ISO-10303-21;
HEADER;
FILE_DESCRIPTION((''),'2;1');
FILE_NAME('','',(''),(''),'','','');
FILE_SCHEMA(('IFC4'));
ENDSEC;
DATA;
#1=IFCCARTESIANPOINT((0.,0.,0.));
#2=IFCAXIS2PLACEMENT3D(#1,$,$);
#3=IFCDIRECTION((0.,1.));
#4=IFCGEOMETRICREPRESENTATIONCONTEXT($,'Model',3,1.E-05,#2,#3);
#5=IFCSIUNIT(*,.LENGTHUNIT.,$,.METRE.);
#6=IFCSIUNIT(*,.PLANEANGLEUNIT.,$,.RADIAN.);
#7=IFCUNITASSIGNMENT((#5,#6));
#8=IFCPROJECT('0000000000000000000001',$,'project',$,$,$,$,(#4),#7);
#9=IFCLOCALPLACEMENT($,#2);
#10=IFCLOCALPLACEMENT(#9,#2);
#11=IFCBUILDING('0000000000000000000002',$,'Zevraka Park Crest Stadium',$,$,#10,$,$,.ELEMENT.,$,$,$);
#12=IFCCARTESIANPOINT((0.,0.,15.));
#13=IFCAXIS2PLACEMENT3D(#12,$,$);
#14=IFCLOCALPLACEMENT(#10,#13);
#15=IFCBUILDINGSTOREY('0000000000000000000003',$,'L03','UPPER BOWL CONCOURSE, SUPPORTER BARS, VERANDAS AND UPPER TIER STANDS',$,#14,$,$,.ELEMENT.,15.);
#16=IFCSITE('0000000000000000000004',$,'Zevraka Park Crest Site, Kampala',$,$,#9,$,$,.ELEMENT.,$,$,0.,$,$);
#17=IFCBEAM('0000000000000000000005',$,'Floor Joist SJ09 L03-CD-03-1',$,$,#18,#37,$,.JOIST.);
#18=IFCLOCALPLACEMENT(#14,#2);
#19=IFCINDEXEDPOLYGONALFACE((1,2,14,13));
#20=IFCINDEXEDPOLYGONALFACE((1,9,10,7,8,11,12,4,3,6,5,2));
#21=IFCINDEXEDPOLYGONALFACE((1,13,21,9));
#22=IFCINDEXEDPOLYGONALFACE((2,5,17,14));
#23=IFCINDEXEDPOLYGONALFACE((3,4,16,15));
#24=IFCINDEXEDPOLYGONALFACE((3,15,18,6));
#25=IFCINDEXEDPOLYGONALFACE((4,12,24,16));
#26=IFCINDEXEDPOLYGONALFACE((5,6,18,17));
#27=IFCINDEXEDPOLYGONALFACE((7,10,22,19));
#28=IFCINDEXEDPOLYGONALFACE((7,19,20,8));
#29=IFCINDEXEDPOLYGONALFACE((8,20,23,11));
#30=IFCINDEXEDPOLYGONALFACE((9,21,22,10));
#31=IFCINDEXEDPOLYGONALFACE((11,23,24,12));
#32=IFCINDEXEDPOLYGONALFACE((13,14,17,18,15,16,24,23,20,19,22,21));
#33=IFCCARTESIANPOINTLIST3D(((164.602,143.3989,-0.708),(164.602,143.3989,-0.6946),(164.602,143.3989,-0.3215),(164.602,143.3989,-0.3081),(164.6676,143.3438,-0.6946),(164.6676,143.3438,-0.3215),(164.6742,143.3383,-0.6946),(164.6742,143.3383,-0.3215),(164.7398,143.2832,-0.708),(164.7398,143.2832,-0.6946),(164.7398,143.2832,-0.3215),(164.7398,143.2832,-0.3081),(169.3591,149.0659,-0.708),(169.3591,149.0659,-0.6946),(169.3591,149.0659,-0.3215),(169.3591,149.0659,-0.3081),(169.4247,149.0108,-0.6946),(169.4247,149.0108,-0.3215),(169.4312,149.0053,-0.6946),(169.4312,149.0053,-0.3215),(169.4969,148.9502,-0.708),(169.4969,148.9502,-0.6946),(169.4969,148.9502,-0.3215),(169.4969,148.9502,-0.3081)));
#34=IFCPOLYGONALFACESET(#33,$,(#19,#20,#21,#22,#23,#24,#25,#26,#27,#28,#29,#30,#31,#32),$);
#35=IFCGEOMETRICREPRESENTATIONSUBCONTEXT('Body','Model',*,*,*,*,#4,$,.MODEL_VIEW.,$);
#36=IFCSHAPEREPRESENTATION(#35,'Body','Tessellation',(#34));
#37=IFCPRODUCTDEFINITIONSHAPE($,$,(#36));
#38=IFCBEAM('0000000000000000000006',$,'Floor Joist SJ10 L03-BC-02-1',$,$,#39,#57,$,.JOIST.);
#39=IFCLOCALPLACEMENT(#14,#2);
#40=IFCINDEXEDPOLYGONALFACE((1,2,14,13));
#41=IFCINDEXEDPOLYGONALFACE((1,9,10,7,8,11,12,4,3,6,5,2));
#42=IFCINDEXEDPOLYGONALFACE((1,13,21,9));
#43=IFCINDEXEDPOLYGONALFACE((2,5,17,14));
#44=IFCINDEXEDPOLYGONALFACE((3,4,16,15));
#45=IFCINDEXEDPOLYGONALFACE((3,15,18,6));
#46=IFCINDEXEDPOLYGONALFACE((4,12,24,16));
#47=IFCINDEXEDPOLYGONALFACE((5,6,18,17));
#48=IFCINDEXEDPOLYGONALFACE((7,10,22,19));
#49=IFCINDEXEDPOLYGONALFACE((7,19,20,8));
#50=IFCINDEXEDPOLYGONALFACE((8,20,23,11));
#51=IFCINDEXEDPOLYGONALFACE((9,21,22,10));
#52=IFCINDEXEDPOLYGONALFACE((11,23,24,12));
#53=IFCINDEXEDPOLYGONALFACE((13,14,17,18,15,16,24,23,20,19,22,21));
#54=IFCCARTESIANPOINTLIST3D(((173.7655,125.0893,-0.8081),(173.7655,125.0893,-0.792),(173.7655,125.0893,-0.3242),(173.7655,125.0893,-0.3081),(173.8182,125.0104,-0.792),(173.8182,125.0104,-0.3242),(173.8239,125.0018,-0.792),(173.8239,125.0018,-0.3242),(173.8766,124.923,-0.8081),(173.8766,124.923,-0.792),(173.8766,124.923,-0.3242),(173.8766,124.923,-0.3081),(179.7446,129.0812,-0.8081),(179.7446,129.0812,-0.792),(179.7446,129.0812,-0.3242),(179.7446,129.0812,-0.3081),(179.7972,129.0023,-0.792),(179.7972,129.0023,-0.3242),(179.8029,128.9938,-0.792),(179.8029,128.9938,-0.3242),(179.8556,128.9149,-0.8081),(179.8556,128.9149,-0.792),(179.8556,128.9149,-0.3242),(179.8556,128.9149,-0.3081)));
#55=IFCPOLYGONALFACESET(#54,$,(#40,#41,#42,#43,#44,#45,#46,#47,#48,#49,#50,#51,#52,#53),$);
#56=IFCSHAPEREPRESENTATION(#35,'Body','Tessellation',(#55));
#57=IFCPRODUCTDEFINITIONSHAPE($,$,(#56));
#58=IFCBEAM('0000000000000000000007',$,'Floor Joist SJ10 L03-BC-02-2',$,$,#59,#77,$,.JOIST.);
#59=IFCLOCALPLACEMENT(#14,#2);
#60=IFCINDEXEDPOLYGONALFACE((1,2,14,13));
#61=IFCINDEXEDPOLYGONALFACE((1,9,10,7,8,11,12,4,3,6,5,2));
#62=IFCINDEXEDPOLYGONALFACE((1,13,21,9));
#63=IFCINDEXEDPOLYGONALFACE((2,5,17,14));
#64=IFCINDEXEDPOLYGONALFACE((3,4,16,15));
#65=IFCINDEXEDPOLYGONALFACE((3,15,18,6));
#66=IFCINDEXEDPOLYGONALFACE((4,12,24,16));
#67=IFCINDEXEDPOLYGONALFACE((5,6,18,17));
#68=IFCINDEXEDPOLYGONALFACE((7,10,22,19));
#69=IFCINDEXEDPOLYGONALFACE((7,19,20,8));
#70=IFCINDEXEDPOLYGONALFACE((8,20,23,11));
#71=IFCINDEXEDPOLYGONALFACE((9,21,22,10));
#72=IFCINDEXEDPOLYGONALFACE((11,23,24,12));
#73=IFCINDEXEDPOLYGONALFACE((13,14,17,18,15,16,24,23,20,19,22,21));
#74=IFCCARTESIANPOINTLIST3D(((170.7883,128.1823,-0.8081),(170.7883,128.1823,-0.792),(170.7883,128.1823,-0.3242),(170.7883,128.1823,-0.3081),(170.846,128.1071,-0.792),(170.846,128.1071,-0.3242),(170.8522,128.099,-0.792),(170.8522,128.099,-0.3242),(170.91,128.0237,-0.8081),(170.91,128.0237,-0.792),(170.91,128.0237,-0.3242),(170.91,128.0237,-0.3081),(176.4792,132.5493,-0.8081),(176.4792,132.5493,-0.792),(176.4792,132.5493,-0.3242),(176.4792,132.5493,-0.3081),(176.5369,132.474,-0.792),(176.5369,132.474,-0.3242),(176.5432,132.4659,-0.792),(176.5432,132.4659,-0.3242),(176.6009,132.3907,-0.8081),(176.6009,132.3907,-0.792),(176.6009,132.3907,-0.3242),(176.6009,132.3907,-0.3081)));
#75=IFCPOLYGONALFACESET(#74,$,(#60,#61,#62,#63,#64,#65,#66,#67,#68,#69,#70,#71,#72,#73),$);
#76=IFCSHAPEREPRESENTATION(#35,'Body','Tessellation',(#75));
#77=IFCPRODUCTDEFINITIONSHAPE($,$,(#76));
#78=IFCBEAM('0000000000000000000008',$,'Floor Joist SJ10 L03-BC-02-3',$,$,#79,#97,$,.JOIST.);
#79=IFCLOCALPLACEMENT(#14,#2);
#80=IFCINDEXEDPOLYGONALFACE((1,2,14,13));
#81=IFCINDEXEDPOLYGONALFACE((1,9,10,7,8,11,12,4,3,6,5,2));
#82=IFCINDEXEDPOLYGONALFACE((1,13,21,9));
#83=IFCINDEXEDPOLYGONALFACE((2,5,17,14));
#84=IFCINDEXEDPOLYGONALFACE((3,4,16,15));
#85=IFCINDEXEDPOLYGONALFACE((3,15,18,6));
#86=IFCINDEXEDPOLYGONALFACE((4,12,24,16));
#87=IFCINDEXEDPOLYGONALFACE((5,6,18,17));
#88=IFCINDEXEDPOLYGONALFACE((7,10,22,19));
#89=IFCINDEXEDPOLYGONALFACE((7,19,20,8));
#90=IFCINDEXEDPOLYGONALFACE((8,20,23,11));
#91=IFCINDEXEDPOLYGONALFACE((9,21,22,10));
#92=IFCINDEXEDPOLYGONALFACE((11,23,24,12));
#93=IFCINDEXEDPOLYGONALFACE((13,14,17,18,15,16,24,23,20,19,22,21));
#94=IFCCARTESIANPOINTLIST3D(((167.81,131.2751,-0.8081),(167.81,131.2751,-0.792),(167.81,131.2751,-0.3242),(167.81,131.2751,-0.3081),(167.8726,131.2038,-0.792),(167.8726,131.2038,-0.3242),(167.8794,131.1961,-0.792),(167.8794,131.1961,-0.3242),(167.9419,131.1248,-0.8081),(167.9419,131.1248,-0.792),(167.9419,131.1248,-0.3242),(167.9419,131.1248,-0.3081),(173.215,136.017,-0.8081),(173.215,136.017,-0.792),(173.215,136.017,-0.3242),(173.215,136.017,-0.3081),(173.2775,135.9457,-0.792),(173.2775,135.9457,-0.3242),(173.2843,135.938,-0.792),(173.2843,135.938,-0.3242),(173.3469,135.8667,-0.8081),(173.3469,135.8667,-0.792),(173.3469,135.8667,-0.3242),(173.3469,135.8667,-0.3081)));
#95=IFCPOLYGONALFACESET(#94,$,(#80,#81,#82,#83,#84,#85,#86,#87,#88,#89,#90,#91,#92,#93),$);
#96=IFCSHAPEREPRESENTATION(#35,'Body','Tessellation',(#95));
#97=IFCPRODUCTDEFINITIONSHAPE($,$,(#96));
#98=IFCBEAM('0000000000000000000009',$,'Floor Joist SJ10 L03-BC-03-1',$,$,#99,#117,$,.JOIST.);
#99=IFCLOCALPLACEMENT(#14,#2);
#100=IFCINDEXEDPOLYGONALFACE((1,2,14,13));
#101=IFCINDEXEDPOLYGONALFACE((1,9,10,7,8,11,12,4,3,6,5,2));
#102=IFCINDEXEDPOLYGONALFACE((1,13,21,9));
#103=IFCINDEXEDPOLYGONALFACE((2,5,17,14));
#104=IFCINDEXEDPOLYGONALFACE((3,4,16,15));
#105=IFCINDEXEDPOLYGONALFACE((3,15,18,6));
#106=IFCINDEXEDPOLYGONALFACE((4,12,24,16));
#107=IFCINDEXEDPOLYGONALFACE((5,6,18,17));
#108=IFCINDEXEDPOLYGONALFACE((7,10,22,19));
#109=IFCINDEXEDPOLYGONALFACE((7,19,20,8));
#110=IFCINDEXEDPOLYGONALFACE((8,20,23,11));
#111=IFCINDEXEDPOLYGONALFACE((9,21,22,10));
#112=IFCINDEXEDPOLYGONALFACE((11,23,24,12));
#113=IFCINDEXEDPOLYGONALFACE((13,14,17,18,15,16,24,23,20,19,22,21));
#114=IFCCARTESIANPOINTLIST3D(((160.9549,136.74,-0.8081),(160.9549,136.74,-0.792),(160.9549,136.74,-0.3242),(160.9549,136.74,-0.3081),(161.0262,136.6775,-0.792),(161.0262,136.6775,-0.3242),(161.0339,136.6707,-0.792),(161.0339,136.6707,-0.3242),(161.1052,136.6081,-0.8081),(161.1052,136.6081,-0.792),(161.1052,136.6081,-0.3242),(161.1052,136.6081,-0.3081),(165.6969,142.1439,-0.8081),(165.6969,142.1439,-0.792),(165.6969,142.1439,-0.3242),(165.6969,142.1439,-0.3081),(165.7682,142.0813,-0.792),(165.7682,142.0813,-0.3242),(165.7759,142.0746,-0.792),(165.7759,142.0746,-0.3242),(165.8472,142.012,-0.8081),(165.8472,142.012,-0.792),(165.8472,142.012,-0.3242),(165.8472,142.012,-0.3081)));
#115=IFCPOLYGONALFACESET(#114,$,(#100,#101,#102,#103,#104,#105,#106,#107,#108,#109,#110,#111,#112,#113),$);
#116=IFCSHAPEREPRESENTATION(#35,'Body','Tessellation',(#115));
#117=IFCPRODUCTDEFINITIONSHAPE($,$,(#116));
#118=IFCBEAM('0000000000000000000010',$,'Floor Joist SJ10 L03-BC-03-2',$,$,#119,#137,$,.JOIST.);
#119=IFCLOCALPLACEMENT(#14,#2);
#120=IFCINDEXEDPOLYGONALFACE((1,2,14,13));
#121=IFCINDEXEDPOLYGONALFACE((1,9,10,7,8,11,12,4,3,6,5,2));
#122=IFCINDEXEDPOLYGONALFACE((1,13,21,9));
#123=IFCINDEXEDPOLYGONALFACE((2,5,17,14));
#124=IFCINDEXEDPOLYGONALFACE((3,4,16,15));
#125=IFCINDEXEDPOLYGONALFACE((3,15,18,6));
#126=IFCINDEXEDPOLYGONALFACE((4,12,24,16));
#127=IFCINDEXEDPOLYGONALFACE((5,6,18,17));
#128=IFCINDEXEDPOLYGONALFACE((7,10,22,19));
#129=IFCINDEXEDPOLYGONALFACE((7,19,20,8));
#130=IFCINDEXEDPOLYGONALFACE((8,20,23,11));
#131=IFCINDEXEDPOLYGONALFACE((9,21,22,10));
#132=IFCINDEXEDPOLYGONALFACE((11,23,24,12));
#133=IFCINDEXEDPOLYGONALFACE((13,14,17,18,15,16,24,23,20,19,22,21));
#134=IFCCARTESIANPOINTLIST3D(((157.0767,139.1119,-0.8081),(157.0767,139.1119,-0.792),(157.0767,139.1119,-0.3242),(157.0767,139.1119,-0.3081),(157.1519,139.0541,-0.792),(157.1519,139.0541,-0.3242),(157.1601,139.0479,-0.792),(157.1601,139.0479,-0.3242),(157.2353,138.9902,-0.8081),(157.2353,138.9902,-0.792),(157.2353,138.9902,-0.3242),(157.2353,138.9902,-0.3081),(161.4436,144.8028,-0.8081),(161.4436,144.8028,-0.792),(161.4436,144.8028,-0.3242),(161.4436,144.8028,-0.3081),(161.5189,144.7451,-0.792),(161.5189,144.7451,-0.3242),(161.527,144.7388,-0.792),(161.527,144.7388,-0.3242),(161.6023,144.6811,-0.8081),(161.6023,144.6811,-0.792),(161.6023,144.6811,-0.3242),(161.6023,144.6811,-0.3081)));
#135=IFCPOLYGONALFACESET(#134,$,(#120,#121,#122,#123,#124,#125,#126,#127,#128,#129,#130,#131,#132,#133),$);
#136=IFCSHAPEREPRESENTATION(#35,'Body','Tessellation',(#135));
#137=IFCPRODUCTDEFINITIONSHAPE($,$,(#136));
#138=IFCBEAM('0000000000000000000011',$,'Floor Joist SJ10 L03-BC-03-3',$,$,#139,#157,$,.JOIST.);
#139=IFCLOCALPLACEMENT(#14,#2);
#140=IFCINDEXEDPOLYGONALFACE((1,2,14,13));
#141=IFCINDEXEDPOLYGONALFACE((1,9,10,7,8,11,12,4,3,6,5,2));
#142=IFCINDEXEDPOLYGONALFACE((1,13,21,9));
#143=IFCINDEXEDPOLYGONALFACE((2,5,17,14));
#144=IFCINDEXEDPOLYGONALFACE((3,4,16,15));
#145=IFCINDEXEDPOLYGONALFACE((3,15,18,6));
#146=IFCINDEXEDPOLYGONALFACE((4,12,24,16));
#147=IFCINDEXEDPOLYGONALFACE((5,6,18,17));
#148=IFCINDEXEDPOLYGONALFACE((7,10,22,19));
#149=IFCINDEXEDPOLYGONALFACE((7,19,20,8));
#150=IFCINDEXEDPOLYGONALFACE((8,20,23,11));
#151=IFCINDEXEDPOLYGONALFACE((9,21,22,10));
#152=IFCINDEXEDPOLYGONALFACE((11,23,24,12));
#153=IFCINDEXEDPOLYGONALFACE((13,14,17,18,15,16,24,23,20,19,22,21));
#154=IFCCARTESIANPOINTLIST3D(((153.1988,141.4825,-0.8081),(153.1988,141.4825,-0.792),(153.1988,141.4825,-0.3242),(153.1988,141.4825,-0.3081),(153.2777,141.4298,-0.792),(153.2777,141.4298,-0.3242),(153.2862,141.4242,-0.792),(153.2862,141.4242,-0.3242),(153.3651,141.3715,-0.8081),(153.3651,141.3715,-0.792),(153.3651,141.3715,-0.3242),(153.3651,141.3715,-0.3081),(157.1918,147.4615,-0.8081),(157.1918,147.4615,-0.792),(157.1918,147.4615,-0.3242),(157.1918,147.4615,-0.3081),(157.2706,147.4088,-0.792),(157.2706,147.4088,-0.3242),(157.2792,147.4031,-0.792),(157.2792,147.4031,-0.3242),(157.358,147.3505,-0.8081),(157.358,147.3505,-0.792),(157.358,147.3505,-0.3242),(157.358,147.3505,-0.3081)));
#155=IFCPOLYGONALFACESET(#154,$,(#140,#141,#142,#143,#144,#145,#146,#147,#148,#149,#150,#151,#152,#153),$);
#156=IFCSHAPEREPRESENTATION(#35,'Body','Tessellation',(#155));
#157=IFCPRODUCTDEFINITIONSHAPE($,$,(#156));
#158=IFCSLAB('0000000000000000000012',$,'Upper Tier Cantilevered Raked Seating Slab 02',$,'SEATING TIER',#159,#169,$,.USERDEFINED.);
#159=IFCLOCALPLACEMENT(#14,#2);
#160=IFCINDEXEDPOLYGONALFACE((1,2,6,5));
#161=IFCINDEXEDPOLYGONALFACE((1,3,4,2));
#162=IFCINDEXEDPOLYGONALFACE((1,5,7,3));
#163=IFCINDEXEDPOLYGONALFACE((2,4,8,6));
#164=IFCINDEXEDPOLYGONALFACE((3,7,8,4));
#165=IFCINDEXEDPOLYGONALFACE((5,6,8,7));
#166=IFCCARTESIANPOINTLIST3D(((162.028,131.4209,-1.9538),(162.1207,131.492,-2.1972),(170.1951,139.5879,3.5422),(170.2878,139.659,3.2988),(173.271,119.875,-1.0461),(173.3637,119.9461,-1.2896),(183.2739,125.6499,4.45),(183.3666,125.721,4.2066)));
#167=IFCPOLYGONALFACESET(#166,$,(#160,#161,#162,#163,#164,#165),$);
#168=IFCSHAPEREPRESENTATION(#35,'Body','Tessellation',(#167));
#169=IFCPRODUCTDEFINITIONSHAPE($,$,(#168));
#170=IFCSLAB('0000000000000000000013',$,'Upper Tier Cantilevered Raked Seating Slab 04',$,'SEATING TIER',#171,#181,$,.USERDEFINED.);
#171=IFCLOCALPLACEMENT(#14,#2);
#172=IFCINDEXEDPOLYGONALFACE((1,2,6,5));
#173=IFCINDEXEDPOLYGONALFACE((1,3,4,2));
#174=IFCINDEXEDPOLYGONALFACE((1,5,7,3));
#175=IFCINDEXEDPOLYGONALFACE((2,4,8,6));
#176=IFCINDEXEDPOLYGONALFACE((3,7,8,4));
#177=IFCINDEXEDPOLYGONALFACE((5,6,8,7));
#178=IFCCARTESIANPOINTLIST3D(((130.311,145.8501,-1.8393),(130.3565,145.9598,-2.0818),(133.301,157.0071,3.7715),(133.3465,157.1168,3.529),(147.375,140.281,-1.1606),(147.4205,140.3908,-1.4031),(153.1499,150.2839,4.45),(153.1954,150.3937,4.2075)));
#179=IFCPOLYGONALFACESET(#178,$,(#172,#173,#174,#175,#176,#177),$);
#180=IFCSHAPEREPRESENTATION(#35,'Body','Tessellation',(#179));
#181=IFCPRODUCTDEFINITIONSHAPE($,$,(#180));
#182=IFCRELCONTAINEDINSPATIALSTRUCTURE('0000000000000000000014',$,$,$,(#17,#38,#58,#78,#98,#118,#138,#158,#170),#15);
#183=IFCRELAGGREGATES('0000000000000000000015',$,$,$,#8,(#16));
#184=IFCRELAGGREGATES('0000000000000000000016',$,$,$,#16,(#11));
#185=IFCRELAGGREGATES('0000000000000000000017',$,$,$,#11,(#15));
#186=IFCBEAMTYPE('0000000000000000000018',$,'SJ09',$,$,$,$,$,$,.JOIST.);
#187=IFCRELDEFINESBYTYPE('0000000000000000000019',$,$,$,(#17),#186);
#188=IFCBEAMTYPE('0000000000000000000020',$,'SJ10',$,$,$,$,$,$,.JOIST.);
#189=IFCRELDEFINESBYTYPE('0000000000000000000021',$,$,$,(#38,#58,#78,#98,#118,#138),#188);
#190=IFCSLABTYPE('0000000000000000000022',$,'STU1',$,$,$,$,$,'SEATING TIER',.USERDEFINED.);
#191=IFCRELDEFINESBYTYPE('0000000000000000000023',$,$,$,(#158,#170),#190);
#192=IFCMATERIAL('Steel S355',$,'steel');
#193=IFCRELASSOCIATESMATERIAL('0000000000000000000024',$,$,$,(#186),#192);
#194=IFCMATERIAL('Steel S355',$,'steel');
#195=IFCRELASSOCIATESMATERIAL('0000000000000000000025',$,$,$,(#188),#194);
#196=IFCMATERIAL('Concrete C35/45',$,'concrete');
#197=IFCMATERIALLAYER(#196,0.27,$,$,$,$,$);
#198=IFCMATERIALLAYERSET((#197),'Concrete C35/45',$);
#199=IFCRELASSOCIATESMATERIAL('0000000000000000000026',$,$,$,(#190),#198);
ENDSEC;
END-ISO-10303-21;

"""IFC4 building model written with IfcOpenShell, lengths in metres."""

from ifc_helpers import new_model, si_unit, direction, frame, origin, origin_2d, place, context, subcontext, project, spatial, polyline, i_section, outline, extrude, material, layer, layer_set, material_profile, profile_set, type_object, element, save


model = new_model("IFC4")

# Units and contexts
model_context = context("Model", 3, precision=1e-05, world=origin(), true_north=direction((0.0, 1.0)))
body_context = subcontext(model_context, "Body", "Model", "MODEL_VIEW")
ifc_project = project(units=[si_unit("LENGTHUNIT", "METRE"), si_unit("PLANEANGLEUNIT", "RADIAN")], contexts=[model_context])

# Site, building, storey
site_placement = place(None, origin())
site = spatial("IfcSite", under=ifc_project, at=site_placement, Name="Zevraka Park Crest Site, Kampala", CompositionType="ELEMENT", RefElevation=0.0)
building_placement = place(site_placement, origin())
building = spatial("IfcBuilding", under=site, at=building_placement, Name="Zevraka Park Crest Stadium", CompositionType="ELEMENT")
storey_placement = place(building_placement, frame((0.0, 0.0, 15.0)))
storey = spatial("IfcBuildingStorey", under=building, at=storey_placement, Name="L03", Description="UPPER BOWL CONCOURSE, SUPPORTER BARS, VERANDAS AND UPPER TIER STANDS", CompositionType="ELEMENT", Elevation=15.0)

# Beams
ifc_material_1 = material(Name="Steel S355", Category="steel")
ifc_material_profile_1 = material_profile(ifc_material_1, i_section(OverallWidth=0.1799, OverallDepth=0.3999, WebThickness=0.0085, FlangeThickness=0.0134, at=origin_2d()), Name="IPE 400")
ifc_profile_set_1 = profile_set([ifc_material_profile_1], Name="Steel S355")
beam_type_1 = type_object("IfcBeamType", Name="SJ09", PredefinedType="JOIST", material=ifc_profile_set_1)
beam_1_placement = place(storey_placement, frame((164.6709, 143.3411, -0.5081), z_axis=(0.642939, 0.765917, 0.0), x_axis=(-0.765917, 0.642939, 0.0)))
element("IfcBeam", 1, at=beam_1_placement, inside=storey, type_object=beam_type_1, Name="Floor Joist SJ09 L03-CD-03-1", PredefinedType="JOIST", context=body_context, shape_type="SweptSolid", body=[
    extrude(i_section(OverallWidth=0.1799, OverallDepth=0.3999, WebThickness=0.0085, FlangeThickness=0.0134, at=origin_2d()), origin(), (0.0, 0.0, 1.0), 7.3989),
])
ifc_material_2 = material(Name="Steel S355", Category="steel")
ifc_material_profile_2 = material_profile(ifc_material_2, i_section(OverallWidth=0.2, OverallDepth=0.5, WebThickness=0.0103, FlangeThickness=0.0161, at=origin_2d()), Name="IPE 500")
ifc_profile_set_2 = profile_set([ifc_material_profile_2], Name="Steel S355")
beam_type_2 = type_object("IfcBeamType", Name="SJ10", PredefinedType="JOIST", material=ifc_profile_set_2)
beam_2_placement = place(storey_placement, frame((173.821, 125.0061, -0.5581), z_axis=(0.831669, 0.555272, 0.0), x_axis=(-0.555272, 0.831669, 0.0)))
element("IfcBeam", 2, at=beam_2_placement, inside=storey, type_object=beam_type_2, Name="Floor Joist SJ10 L03-BC-02-1", PredefinedType="JOIST", context=body_context, shape_type="SweptSolid", body=[
    extrude(i_section(OverallWidth=0.2, OverallDepth=0.5, WebThickness=0.0103, FlangeThickness=0.0161, at=origin_2d()), origin(), (0.0, 0.0, 1.0), 7.1892),
])
beam_3_placement = place(storey_placement, frame((170.8491, 128.103, -0.5581), z_axis=(0.793343, 0.608774, 0.0), x_axis=(-0.608774, 0.793343, 0.0)))
element("IfcBeam", 3, at=beam_3_placement, inside=storey, type_object=beam_type_2, Name="Floor Joist SJ10 L03-BC-02-2", PredefinedType="JOIST", context=body_context, shape_type="SweptSolid", body=[
    extrude(i_section(OverallWidth=0.2, OverallDepth=0.5, WebThickness=0.0103, FlangeThickness=0.0161, at=origin_2d()), origin(), (0.0, 0.0, 1.0), 7.1733),
])
beam_4_placement = place(storey_placement, frame((167.876, 131.2, -0.5581), z_axis=(0.751712, 0.659492, 0.0), x_axis=(-0.659492, 0.751712, 0.0)))
element("IfcBeam", 4, at=beam_4_placement, inside=storey, type_object=beam_type_2, Name="Floor Joist SJ10 L03-BC-02-3", PredefinedType="JOIST", context=body_context, shape_type="SweptSolid", body=[
    extrude(i_section(OverallWidth=0.2, OverallDepth=0.5, WebThickness=0.0103, FlangeThickness=0.0161, at=origin_2d()), origin(), (0.0, 0.0, 1.0), 7.1902),
])
beam_5_placement = place(storey_placement, frame((161.03, 136.6741, -0.5581), z_axis=(0.659576, 0.751638, 0.0), x_axis=(-0.751638, 0.659576, 0.0)))
element("IfcBeam", 5, at=beam_5_placement, inside=storey, type_object=beam_type_2, Name="Floor Joist SJ10 L03-BC-03-1", PredefinedType="JOIST", context=body_context, shape_type="SweptSolid", body=[
    extrude(i_section(OverallWidth=0.2, OverallDepth=0.5, WebThickness=0.0103, FlangeThickness=0.0161, at=origin_2d()), origin(), (0.0, 0.0, 1.0), 7.1895),
])
beam_6_placement = place(storey_placement, frame((157.156, 139.051, -0.5581), z_axis=(0.608774, 0.793343, 0.0), x_axis=(-0.793343, 0.608774, 0.0)))
element("IfcBeam", 6, at=beam_6_placement, inside=storey, type_object=beam_type_2, Name="Floor Joist SJ10 L03-BC-03-2", PredefinedType="JOIST", context=body_context, shape_type="SweptSolid", body=[
    extrude(i_section(OverallWidth=0.2, OverallDepth=0.5, WebThickness=0.0103, FlangeThickness=0.0161, at=origin_2d()), origin(), (0.0, 0.0, 1.0), 7.1733),
])
beam_7_placement = place(storey_placement, frame((153.282, 141.427, -0.5581), z_axis=(0.555366, 0.831606, 0.0), x_axis=(-0.831606, 0.555366, 0.0)))
element("IfcBeam", 7, at=beam_7_placement, inside=storey, type_object=beam_type_2, Name="Floor Joist SJ10 L03-BC-03-3", PredefinedType="JOIST", context=body_context, shape_type="SweptSolid", body=[
    extrude(i_section(OverallWidth=0.2, OverallDepth=0.5, WebThickness=0.0103, FlangeThickness=0.0161, at=origin_2d()), origin(), (0.0, 0.0, 1.0), 7.1897),
])

# Slabs
ifc_material_3 = material(Name="Concrete C35/45", Category="concrete")
ifc_layer_1 = layer(ifc_material_3, 0.27)
ifc_layer_set_1 = layer_set([ifc_layer_1], Name="Concrete C35/45")
slab_type = type_object("IfcSlabType", Name="STU1", ElementType="SEATING TIER", PredefinedType="USERDEFINED", material=ifc_layer_set_1)
slab_1_placement = place(storey_placement, frame((173.271, 119.875, -1.0461), z_axis=(-0.343286, -0.263407, 0.901538), x_axis=(-0.696542, 0.715309, -0.056232)))
element("IfcSlab", 8, at=slab_1_placement, inside=storey, type_object=slab_type, Name="Upper Tier Cantilevered Raked Seating Slab 02", ObjectType="SEATING TIER", PredefinedType="USERDEFINED", context=body_context, shape_type="SweptSolid", body=[
    extrude(outline(polyline([(0.0, 0.0), (16.1411, 0.0), (15.9853, -12.7899), (-3.1457, -12.3984), (0.0, 0.0)])), origin(), (0.0, 0.0, -1.0), 0.27),
])
slab_2_placement = place(storey_placement, frame((147.375, 140.281, -1.1606), z_axis=(-0.168379, -0.406482, 0.898009), x_axis=(-0.949973, 0.310038, -0.037784)))
element("IfcSlab", 9, at=slab_2_placement, inside=storey, type_object=slab_type, Name="Upper Tier Cantilevered Raked Seating Slab 04", ObjectType="SEATING TIER", PredefinedType="USERDEFINED", context=body_context, shape_type="SweptSolid", body=[
    extrude(outline(polyline([(0.0, 0.0), (17.9626, 0.0), (18.3693, -12.8349), (-2.5967, -12.5755), (0.0, 0.0)])), origin(), (0.0, 0.0, -1.0), 0.27),
])

save(model, "model.ifc")
